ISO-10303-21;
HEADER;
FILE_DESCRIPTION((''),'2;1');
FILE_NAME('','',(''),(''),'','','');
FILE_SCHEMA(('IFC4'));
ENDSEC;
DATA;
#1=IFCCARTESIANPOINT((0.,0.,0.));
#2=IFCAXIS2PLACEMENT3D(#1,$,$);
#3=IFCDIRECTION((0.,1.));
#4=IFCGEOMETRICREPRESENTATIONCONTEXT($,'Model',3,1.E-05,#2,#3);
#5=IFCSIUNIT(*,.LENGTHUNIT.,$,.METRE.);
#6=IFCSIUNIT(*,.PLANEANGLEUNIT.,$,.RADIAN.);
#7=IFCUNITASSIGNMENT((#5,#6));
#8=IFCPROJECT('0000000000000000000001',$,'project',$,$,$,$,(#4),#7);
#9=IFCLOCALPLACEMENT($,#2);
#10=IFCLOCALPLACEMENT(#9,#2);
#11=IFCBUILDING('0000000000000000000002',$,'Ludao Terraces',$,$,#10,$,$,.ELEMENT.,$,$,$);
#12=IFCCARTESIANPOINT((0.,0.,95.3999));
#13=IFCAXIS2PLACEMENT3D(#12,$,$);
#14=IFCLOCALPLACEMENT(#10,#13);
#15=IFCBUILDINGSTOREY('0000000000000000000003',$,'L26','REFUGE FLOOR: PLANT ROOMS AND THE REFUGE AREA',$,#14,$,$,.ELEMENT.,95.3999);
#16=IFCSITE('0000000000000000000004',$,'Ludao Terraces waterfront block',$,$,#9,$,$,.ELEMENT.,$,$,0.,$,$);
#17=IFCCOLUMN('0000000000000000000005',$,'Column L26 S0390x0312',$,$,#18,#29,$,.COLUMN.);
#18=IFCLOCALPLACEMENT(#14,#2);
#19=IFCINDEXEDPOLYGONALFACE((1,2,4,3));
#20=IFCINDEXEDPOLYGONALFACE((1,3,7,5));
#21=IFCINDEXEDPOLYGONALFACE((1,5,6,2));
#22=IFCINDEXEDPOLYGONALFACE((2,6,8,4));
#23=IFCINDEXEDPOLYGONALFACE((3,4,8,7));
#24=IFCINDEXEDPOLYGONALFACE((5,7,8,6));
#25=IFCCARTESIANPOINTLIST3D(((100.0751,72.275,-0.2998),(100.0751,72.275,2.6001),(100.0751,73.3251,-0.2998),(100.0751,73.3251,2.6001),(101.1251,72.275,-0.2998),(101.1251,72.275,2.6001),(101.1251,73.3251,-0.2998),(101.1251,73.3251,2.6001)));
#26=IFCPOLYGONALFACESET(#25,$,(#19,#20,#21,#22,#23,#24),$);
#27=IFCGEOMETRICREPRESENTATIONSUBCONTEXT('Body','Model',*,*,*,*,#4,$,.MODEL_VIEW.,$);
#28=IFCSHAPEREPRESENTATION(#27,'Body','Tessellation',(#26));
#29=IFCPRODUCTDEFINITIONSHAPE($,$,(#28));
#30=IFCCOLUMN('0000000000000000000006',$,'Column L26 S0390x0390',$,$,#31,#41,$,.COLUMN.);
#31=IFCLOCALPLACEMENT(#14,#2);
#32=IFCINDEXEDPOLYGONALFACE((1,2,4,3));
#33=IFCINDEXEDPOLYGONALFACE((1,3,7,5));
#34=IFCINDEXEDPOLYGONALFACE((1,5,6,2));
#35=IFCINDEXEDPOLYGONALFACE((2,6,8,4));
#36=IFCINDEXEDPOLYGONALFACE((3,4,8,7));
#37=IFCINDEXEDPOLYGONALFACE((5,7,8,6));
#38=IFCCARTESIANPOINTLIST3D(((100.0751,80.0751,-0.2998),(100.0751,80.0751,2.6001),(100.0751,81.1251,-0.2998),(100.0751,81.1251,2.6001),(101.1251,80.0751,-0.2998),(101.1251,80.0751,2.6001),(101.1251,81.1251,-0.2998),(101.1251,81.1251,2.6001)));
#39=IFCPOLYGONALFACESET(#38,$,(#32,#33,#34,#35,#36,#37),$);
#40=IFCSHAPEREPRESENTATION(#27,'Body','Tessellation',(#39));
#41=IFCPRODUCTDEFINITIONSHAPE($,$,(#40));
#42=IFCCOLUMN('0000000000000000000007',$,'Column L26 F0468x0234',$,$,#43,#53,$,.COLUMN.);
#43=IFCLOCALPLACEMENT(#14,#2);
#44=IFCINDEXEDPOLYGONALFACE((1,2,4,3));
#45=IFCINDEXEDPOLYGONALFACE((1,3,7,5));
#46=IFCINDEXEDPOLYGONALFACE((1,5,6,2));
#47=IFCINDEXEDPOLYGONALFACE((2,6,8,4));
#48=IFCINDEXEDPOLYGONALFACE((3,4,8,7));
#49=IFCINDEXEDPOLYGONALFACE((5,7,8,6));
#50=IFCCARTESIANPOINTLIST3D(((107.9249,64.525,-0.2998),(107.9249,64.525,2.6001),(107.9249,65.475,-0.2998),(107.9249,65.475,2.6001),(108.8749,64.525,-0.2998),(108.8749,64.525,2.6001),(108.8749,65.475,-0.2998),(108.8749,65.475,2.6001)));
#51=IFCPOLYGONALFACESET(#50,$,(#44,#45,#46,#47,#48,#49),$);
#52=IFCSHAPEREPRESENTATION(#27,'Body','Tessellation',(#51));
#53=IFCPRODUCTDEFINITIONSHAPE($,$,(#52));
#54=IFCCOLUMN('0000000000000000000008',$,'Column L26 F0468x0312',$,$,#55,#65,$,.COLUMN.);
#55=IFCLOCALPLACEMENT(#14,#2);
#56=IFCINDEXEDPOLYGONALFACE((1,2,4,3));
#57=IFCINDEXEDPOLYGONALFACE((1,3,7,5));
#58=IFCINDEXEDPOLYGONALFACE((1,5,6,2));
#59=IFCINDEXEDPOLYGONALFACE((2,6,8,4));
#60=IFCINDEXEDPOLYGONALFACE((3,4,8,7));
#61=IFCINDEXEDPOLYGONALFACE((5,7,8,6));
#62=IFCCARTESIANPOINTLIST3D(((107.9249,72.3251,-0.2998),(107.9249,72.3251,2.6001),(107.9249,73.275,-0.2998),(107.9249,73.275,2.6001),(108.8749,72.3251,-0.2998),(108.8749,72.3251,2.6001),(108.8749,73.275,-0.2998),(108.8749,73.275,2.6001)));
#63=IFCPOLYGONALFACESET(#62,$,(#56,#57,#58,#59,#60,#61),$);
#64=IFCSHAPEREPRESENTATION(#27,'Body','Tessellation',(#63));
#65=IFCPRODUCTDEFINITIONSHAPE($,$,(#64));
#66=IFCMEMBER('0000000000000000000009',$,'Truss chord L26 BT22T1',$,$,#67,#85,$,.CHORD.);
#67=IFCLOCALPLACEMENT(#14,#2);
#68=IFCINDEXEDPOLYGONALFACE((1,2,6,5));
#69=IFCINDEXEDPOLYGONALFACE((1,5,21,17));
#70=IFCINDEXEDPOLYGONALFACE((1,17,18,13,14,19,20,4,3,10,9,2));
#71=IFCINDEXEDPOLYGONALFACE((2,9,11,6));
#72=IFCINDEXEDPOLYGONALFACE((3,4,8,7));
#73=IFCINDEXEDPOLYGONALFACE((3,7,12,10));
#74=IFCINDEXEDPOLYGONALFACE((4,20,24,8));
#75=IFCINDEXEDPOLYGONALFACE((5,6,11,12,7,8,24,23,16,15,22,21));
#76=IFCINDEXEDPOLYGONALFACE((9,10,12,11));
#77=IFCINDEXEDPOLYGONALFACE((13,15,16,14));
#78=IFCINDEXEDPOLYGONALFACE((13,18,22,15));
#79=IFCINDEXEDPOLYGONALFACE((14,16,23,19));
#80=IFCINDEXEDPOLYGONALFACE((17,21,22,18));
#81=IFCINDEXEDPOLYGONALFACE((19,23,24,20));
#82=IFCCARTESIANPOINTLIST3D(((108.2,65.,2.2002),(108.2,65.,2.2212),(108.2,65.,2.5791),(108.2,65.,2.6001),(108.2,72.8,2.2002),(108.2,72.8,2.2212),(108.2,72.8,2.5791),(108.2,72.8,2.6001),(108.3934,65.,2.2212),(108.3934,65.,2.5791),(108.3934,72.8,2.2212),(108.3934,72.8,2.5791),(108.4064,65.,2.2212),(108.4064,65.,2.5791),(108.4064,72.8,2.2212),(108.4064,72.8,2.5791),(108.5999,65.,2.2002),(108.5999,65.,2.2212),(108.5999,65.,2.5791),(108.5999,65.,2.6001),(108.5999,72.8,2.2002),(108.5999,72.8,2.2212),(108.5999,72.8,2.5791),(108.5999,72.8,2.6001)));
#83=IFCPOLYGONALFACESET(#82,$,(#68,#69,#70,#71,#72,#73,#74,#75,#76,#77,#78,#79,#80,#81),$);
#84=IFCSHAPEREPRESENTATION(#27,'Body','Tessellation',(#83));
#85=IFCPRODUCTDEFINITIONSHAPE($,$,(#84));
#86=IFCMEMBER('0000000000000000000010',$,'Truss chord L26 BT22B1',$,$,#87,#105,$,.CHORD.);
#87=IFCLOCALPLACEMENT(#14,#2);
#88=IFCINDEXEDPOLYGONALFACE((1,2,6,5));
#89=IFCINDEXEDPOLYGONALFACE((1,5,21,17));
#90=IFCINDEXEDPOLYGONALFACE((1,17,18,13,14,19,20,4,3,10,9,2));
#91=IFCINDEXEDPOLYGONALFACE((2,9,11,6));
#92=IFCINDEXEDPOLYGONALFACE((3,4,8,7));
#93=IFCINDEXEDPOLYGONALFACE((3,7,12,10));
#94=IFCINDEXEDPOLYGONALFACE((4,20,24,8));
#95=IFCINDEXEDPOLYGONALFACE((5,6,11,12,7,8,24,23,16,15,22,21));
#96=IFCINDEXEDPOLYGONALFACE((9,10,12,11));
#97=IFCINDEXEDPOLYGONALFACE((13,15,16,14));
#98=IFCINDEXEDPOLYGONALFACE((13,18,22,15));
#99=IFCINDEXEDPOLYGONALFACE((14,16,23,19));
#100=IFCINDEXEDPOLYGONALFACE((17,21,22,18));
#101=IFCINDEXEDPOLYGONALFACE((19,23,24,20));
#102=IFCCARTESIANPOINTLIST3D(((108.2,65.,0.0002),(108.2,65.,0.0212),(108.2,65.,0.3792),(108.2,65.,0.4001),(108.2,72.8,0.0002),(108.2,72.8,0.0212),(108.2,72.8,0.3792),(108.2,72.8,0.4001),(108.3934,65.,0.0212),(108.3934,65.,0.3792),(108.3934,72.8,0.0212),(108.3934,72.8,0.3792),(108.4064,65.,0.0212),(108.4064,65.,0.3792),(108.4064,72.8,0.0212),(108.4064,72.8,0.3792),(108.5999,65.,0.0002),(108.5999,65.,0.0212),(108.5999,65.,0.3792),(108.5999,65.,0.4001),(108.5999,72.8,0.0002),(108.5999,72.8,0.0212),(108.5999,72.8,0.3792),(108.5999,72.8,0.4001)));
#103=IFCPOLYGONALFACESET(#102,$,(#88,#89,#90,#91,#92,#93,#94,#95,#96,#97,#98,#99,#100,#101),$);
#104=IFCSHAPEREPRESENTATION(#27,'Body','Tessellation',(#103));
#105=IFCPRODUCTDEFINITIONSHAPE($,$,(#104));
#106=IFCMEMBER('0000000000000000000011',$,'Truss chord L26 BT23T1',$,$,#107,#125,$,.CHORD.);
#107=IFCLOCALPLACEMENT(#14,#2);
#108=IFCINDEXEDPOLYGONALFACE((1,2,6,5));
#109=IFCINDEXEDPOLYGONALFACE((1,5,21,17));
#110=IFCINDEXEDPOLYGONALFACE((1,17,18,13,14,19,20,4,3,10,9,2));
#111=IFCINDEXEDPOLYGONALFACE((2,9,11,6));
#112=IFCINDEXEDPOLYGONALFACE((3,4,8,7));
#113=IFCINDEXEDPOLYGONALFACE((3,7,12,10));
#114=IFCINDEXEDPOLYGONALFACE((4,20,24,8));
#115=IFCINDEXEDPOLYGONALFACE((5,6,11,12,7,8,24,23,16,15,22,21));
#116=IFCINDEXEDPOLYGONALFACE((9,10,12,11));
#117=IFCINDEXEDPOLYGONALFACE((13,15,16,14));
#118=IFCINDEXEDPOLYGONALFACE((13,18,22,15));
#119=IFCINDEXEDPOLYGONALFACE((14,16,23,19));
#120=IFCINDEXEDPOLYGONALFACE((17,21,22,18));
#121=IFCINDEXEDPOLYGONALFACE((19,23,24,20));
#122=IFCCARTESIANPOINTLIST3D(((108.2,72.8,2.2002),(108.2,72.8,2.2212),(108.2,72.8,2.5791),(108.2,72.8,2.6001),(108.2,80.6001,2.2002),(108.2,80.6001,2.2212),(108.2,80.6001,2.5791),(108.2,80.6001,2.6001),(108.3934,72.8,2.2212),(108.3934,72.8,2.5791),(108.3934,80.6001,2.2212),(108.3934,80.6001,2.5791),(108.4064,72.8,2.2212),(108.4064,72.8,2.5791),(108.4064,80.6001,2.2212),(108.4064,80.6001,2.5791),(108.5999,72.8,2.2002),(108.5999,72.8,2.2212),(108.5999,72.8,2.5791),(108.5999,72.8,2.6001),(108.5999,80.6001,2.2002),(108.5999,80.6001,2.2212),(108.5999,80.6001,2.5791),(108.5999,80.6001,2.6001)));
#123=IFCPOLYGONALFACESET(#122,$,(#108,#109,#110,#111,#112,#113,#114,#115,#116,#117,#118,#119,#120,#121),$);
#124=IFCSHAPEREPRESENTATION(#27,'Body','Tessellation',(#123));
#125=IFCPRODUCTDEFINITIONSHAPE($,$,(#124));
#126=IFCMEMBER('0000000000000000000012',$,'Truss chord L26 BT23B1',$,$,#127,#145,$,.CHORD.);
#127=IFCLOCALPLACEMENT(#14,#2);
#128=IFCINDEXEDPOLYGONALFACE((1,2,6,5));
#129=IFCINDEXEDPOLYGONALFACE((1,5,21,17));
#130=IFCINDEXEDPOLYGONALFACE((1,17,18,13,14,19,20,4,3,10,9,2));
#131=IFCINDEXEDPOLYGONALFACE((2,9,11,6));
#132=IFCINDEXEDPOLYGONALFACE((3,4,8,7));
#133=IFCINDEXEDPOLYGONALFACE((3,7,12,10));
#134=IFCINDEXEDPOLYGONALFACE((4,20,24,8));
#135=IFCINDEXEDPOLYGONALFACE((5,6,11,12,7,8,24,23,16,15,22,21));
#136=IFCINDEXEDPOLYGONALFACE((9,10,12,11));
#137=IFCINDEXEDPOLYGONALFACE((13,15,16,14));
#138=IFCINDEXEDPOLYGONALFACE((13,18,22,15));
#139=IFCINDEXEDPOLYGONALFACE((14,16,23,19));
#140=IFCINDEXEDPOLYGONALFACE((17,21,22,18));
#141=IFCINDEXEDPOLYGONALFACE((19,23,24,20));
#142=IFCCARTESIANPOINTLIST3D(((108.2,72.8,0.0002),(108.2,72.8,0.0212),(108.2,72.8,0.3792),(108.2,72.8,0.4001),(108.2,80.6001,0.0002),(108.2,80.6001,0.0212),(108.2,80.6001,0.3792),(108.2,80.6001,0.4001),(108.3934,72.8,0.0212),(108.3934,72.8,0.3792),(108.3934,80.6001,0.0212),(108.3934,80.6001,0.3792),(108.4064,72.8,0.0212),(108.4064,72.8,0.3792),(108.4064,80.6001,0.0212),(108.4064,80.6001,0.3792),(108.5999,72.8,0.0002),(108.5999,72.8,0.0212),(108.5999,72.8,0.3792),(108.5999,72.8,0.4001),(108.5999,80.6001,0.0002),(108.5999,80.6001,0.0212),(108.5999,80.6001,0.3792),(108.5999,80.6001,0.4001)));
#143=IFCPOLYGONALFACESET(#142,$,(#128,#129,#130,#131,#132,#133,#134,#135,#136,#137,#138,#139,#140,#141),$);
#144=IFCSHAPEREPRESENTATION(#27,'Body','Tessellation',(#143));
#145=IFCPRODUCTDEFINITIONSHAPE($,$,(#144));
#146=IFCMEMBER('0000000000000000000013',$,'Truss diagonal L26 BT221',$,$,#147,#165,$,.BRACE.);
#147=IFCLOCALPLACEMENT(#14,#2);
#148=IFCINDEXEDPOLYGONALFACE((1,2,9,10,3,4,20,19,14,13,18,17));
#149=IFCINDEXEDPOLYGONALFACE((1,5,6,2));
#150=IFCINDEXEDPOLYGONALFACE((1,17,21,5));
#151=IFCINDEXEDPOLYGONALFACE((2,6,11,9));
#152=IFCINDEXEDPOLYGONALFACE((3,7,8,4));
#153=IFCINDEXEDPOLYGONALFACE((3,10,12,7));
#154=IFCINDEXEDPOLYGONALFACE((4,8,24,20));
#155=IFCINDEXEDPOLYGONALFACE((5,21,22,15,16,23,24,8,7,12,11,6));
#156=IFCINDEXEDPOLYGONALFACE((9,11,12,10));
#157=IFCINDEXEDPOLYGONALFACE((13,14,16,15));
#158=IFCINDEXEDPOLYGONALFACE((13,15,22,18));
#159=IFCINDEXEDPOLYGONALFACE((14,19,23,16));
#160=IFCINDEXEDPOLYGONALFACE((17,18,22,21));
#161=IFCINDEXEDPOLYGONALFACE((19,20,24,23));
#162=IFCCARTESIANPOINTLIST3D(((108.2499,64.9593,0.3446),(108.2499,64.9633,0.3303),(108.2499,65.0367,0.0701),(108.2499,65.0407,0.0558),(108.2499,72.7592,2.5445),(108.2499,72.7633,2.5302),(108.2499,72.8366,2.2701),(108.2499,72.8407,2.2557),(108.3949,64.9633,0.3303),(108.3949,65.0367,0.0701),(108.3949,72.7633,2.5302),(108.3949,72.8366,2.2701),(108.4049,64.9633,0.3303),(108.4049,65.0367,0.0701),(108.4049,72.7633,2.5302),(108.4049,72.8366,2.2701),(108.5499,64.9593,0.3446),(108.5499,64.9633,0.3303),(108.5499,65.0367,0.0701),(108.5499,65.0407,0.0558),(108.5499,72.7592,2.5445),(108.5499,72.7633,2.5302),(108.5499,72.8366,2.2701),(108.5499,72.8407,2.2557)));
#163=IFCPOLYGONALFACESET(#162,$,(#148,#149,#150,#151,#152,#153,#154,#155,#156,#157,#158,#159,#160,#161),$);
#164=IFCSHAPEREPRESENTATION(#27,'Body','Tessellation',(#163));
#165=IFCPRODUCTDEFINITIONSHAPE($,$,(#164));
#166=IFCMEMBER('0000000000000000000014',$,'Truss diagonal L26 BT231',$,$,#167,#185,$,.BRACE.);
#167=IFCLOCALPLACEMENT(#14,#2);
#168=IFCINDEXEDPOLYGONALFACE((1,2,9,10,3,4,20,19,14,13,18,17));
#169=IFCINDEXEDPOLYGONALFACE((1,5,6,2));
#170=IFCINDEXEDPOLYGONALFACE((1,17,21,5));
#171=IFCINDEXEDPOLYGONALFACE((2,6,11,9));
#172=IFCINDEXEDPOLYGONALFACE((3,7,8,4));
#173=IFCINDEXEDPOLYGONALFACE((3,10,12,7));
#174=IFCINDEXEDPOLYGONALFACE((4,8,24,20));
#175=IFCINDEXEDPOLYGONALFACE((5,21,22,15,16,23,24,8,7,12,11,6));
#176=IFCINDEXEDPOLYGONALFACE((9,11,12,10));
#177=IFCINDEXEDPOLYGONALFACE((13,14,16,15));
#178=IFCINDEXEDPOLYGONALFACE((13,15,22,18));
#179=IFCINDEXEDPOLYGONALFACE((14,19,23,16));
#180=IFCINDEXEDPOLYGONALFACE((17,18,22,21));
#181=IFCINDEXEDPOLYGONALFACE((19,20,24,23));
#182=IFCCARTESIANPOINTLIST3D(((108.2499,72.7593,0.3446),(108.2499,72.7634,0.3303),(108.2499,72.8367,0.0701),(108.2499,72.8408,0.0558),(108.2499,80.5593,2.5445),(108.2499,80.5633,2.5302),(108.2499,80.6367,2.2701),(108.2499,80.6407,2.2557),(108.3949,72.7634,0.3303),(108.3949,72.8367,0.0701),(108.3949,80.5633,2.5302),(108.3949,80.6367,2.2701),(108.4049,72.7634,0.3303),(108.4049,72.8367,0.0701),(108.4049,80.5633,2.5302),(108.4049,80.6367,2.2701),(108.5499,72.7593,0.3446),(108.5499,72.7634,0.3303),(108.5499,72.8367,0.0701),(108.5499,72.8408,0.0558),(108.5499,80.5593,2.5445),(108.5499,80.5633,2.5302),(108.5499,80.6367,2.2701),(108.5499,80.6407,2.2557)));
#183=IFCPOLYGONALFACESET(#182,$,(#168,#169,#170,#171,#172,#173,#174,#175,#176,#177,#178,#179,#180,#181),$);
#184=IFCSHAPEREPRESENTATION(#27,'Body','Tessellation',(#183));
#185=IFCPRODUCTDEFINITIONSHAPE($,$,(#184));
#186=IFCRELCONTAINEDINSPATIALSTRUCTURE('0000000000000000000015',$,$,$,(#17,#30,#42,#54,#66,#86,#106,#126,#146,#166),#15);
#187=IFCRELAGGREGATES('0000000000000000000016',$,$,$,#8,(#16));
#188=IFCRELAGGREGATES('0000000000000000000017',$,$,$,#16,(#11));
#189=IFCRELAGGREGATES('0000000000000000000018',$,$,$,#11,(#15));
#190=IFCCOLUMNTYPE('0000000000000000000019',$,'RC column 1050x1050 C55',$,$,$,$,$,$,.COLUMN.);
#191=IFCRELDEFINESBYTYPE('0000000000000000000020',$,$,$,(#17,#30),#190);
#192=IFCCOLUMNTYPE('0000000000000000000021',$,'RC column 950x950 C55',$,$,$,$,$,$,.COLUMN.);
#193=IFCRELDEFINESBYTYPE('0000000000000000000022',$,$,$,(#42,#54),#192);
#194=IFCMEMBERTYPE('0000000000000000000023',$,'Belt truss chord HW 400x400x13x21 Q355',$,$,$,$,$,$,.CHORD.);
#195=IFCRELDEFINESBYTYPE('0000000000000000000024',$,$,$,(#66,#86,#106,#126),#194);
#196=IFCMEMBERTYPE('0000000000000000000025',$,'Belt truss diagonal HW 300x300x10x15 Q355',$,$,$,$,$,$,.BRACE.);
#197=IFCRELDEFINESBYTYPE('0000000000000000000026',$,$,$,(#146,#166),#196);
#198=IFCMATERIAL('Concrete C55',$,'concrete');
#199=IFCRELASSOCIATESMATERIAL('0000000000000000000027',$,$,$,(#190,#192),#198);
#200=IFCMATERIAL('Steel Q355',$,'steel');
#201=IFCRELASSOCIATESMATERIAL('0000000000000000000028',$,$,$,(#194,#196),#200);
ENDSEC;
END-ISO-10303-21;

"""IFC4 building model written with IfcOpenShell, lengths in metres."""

from ifc_helpers import new_model, si_unit, direction, frame, origin, origin_2d, place, context, subcontext, project, spatial, rectangle, i_section, extrude, material, material_profile, profile_set, type_object, element, save


model = new_model("IFC4")

# Units and contexts
model_context = context("Model", 3, precision=1e-05, world=origin(), true_north=direction((0.0, 1.0)))
body_context = subcontext(model_context, "Body", "Model", "MODEL_VIEW")
ifc_project = project(units=[si_unit("LENGTHUNIT", "METRE"), si_unit("PLANEANGLEUNIT", "RADIAN")], contexts=[model_context])

# Site, building, storey
site_placement = place(None, origin())
site = spatial("IfcSite", under=ifc_project, at=site_placement, Name="Ludao Terraces waterfront block", CompositionType="ELEMENT", RefElevation=0.0)
building_placement = place(site_placement, origin())
building = spatial("IfcBuilding", under=site, at=building_placement, Name="Ludao Terraces", CompositionType="ELEMENT")
storey_placement = place(building_placement, frame((0.0, 0.0, 95.3999)))
storey = spatial("IfcBuildingStorey", under=building, at=storey_placement, Name="L26", Description="REFUGE FLOOR: PLANT ROOMS AND THE REFUGE AREA", CompositionType="ELEMENT", Elevation=95.3999)

# Columns
ifc_material_1 = material(Name="Concrete C55", Category="concrete")
ifc_material_profile_1 = material_profile(ifc_material_1, rectangle(XDim=1.05, YDim=1.05, at=origin_2d()), Name="1050 X 1050")
ifc_profile_set_1 = profile_set([ifc_material_profile_1], Name="Concrete C55")
column_type_1 = type_object("IfcColumnType", Name="RC column 1050x1050 C55", PredefinedType="COLUMN", material=ifc_profile_set_1)
for number, where, z_axis, x_axis, name in (
    (1, (100.6001, 72.8, -0.2998), (0.0, 0.0, 1.0), (1.0, 0.0, 0.0), "Column L26 S0390x0312"),
    (2, (100.6001, 80.6001, -0.2998), (0.0, 0.0, 1.0), (1.0, 0.0, 0.0), "Column L26 S0390x0390"),
):
    element("IfcColumn", number, at=place(storey_placement, frame(where, z_axis=z_axis, x_axis=x_axis)), inside=storey, type_object=column_type_1, Name=name, PredefinedType="COLUMN", context=body_context, shape_type="SweptSolid", body=[
        extrude(rectangle(XDim=1.05, YDim=1.05, at=origin_2d()), origin(), (0.0, 0.0, 1.0), 2.8999),
    ])
ifc_material_profile_2 = material_profile(ifc_material_1, rectangle(XDim=0.95, YDim=0.95, at=origin_2d()), Name="950 X 950")
ifc_profile_set_2 = profile_set([ifc_material_profile_2], Name="Concrete C55")
column_type_2 = type_object("IfcColumnType", Name="RC column 950x950 C55", PredefinedType="COLUMN", material=ifc_profile_set_2)
for number, where, z_axis, x_axis, name in (
    (3, (108.3999, 65.0, -0.2998), (0.0, 0.0, 1.0), (1.0, 0.0, 0.0), "Column L26 F0468x0234"),
    (4, (108.3999, 72.8, -0.2998), (0.0, 0.0, 1.0), (1.0, 0.0, 0.0), "Column L26 F0468x0312"),
):
    element("IfcColumn", number, at=place(storey_placement, frame(where, z_axis=z_axis, x_axis=x_axis)), inside=storey, type_object=column_type_2, Name=name, PredefinedType="COLUMN", context=body_context, shape_type="SweptSolid", body=[
        extrude(rectangle(XDim=0.95, YDim=0.95, at=origin_2d()), origin(), (0.0, 0.0, 1.0), 2.8999),
    ])

# Members
ifc_material_2 = material(Name="Steel Q355", Category="steel")
ifc_material_profile_3 = material_profile(ifc_material_2, i_section(OverallWidth=0.3999, OverallDepth=0.3999, WebThickness=0.0129, FlangeThickness=0.021, at=origin_2d()), Name="HW 400X400X13X21")
ifc_profile_set_3 = profile_set([ifc_material_profile_3], Name="Steel Q355")
member_type_1 = type_object("IfcMemberType", Name="Belt truss chord HW 400x400x13x21 Q355", PredefinedType="CHORD", material=ifc_profile_set_3)
for number, where, z_axis, x_axis, name in (
    (5, (108.3999, 65.0, 2.4001), (0.0, 1.0, 0.0), (-1.0, 0.0, 0.0), "Truss chord L26 BT22T1"),
    (6, (108.3999, 65.0, 0.2002), (0.0, 1.0, 0.0), (-1.0, 0.0, 0.0), "Truss chord L26 BT22B1"),
    (7, (108.3999, 72.8, 2.4001), (0.0, 1.0, 0.0), (-1.0, 0.0, 0.0), "Truss chord L26 BT23T1"),
    (8, (108.3999, 72.8, 0.2002), (0.0, 1.0, 0.0), (-1.0, 0.0, 0.0), "Truss chord L26 BT23B1"),
):
    element("IfcMember", number, at=place(storey_placement, frame(where, z_axis=z_axis, x_axis=x_axis)), inside=storey, type_object=member_type_1, Name=name, PredefinedType="CHORD", context=body_context, shape_type="SweptSolid", body=[
        extrude(i_section(OverallWidth=0.3999, OverallDepth=0.3999, WebThickness=0.0129, FlangeThickness=0.021, at=origin_2d()), origin(), (0.0, 0.0, 1.0), 7.8),
    ])
ifc_material_profile_4 = material_profile(ifc_material_2, i_section(OverallWidth=0.3, OverallDepth=0.3, WebThickness=0.01, FlangeThickness=0.0149, at=origin_2d()), Name="HW 300X300X10X15")
ifc_profile_set_4 = profile_set([ifc_material_profile_4], Name="Steel Q355")
member_type_2 = type_object("IfcMemberType", Name="Belt truss diagonal HW 300x300x10x15 Q355", PredefinedType="BRACE", material=ifc_profile_set_4)
for number, where, z_axis, x_axis, name in (
    (9, (108.3999, 65.0, 0.2002), (0.0, 0.962452, 0.271453), (-1.0, 0.0, 0.0), "Truss diagonal L26 BT221"),
    (10, (108.3999, 72.8, 0.2002), (0.0, 0.962452, 0.271453), (-1.0, 0.0, 0.0), "Truss diagonal L26 BT231"),
):
    element("IfcMember", number, at=place(storey_placement, frame(where, z_axis=z_axis, x_axis=x_axis)), inside=storey, type_object=member_type_2, Name=name, PredefinedType="BRACE", context=body_context, shape_type="SweptSolid", body=[
        extrude(i_section(OverallWidth=0.3, OverallDepth=0.3, WebThickness=0.01, FlangeThickness=0.0149, at=origin_2d()), origin(), (0.0, 0.0, 1.0), 8.1042),
    ])

save(model, "model.ifc")
